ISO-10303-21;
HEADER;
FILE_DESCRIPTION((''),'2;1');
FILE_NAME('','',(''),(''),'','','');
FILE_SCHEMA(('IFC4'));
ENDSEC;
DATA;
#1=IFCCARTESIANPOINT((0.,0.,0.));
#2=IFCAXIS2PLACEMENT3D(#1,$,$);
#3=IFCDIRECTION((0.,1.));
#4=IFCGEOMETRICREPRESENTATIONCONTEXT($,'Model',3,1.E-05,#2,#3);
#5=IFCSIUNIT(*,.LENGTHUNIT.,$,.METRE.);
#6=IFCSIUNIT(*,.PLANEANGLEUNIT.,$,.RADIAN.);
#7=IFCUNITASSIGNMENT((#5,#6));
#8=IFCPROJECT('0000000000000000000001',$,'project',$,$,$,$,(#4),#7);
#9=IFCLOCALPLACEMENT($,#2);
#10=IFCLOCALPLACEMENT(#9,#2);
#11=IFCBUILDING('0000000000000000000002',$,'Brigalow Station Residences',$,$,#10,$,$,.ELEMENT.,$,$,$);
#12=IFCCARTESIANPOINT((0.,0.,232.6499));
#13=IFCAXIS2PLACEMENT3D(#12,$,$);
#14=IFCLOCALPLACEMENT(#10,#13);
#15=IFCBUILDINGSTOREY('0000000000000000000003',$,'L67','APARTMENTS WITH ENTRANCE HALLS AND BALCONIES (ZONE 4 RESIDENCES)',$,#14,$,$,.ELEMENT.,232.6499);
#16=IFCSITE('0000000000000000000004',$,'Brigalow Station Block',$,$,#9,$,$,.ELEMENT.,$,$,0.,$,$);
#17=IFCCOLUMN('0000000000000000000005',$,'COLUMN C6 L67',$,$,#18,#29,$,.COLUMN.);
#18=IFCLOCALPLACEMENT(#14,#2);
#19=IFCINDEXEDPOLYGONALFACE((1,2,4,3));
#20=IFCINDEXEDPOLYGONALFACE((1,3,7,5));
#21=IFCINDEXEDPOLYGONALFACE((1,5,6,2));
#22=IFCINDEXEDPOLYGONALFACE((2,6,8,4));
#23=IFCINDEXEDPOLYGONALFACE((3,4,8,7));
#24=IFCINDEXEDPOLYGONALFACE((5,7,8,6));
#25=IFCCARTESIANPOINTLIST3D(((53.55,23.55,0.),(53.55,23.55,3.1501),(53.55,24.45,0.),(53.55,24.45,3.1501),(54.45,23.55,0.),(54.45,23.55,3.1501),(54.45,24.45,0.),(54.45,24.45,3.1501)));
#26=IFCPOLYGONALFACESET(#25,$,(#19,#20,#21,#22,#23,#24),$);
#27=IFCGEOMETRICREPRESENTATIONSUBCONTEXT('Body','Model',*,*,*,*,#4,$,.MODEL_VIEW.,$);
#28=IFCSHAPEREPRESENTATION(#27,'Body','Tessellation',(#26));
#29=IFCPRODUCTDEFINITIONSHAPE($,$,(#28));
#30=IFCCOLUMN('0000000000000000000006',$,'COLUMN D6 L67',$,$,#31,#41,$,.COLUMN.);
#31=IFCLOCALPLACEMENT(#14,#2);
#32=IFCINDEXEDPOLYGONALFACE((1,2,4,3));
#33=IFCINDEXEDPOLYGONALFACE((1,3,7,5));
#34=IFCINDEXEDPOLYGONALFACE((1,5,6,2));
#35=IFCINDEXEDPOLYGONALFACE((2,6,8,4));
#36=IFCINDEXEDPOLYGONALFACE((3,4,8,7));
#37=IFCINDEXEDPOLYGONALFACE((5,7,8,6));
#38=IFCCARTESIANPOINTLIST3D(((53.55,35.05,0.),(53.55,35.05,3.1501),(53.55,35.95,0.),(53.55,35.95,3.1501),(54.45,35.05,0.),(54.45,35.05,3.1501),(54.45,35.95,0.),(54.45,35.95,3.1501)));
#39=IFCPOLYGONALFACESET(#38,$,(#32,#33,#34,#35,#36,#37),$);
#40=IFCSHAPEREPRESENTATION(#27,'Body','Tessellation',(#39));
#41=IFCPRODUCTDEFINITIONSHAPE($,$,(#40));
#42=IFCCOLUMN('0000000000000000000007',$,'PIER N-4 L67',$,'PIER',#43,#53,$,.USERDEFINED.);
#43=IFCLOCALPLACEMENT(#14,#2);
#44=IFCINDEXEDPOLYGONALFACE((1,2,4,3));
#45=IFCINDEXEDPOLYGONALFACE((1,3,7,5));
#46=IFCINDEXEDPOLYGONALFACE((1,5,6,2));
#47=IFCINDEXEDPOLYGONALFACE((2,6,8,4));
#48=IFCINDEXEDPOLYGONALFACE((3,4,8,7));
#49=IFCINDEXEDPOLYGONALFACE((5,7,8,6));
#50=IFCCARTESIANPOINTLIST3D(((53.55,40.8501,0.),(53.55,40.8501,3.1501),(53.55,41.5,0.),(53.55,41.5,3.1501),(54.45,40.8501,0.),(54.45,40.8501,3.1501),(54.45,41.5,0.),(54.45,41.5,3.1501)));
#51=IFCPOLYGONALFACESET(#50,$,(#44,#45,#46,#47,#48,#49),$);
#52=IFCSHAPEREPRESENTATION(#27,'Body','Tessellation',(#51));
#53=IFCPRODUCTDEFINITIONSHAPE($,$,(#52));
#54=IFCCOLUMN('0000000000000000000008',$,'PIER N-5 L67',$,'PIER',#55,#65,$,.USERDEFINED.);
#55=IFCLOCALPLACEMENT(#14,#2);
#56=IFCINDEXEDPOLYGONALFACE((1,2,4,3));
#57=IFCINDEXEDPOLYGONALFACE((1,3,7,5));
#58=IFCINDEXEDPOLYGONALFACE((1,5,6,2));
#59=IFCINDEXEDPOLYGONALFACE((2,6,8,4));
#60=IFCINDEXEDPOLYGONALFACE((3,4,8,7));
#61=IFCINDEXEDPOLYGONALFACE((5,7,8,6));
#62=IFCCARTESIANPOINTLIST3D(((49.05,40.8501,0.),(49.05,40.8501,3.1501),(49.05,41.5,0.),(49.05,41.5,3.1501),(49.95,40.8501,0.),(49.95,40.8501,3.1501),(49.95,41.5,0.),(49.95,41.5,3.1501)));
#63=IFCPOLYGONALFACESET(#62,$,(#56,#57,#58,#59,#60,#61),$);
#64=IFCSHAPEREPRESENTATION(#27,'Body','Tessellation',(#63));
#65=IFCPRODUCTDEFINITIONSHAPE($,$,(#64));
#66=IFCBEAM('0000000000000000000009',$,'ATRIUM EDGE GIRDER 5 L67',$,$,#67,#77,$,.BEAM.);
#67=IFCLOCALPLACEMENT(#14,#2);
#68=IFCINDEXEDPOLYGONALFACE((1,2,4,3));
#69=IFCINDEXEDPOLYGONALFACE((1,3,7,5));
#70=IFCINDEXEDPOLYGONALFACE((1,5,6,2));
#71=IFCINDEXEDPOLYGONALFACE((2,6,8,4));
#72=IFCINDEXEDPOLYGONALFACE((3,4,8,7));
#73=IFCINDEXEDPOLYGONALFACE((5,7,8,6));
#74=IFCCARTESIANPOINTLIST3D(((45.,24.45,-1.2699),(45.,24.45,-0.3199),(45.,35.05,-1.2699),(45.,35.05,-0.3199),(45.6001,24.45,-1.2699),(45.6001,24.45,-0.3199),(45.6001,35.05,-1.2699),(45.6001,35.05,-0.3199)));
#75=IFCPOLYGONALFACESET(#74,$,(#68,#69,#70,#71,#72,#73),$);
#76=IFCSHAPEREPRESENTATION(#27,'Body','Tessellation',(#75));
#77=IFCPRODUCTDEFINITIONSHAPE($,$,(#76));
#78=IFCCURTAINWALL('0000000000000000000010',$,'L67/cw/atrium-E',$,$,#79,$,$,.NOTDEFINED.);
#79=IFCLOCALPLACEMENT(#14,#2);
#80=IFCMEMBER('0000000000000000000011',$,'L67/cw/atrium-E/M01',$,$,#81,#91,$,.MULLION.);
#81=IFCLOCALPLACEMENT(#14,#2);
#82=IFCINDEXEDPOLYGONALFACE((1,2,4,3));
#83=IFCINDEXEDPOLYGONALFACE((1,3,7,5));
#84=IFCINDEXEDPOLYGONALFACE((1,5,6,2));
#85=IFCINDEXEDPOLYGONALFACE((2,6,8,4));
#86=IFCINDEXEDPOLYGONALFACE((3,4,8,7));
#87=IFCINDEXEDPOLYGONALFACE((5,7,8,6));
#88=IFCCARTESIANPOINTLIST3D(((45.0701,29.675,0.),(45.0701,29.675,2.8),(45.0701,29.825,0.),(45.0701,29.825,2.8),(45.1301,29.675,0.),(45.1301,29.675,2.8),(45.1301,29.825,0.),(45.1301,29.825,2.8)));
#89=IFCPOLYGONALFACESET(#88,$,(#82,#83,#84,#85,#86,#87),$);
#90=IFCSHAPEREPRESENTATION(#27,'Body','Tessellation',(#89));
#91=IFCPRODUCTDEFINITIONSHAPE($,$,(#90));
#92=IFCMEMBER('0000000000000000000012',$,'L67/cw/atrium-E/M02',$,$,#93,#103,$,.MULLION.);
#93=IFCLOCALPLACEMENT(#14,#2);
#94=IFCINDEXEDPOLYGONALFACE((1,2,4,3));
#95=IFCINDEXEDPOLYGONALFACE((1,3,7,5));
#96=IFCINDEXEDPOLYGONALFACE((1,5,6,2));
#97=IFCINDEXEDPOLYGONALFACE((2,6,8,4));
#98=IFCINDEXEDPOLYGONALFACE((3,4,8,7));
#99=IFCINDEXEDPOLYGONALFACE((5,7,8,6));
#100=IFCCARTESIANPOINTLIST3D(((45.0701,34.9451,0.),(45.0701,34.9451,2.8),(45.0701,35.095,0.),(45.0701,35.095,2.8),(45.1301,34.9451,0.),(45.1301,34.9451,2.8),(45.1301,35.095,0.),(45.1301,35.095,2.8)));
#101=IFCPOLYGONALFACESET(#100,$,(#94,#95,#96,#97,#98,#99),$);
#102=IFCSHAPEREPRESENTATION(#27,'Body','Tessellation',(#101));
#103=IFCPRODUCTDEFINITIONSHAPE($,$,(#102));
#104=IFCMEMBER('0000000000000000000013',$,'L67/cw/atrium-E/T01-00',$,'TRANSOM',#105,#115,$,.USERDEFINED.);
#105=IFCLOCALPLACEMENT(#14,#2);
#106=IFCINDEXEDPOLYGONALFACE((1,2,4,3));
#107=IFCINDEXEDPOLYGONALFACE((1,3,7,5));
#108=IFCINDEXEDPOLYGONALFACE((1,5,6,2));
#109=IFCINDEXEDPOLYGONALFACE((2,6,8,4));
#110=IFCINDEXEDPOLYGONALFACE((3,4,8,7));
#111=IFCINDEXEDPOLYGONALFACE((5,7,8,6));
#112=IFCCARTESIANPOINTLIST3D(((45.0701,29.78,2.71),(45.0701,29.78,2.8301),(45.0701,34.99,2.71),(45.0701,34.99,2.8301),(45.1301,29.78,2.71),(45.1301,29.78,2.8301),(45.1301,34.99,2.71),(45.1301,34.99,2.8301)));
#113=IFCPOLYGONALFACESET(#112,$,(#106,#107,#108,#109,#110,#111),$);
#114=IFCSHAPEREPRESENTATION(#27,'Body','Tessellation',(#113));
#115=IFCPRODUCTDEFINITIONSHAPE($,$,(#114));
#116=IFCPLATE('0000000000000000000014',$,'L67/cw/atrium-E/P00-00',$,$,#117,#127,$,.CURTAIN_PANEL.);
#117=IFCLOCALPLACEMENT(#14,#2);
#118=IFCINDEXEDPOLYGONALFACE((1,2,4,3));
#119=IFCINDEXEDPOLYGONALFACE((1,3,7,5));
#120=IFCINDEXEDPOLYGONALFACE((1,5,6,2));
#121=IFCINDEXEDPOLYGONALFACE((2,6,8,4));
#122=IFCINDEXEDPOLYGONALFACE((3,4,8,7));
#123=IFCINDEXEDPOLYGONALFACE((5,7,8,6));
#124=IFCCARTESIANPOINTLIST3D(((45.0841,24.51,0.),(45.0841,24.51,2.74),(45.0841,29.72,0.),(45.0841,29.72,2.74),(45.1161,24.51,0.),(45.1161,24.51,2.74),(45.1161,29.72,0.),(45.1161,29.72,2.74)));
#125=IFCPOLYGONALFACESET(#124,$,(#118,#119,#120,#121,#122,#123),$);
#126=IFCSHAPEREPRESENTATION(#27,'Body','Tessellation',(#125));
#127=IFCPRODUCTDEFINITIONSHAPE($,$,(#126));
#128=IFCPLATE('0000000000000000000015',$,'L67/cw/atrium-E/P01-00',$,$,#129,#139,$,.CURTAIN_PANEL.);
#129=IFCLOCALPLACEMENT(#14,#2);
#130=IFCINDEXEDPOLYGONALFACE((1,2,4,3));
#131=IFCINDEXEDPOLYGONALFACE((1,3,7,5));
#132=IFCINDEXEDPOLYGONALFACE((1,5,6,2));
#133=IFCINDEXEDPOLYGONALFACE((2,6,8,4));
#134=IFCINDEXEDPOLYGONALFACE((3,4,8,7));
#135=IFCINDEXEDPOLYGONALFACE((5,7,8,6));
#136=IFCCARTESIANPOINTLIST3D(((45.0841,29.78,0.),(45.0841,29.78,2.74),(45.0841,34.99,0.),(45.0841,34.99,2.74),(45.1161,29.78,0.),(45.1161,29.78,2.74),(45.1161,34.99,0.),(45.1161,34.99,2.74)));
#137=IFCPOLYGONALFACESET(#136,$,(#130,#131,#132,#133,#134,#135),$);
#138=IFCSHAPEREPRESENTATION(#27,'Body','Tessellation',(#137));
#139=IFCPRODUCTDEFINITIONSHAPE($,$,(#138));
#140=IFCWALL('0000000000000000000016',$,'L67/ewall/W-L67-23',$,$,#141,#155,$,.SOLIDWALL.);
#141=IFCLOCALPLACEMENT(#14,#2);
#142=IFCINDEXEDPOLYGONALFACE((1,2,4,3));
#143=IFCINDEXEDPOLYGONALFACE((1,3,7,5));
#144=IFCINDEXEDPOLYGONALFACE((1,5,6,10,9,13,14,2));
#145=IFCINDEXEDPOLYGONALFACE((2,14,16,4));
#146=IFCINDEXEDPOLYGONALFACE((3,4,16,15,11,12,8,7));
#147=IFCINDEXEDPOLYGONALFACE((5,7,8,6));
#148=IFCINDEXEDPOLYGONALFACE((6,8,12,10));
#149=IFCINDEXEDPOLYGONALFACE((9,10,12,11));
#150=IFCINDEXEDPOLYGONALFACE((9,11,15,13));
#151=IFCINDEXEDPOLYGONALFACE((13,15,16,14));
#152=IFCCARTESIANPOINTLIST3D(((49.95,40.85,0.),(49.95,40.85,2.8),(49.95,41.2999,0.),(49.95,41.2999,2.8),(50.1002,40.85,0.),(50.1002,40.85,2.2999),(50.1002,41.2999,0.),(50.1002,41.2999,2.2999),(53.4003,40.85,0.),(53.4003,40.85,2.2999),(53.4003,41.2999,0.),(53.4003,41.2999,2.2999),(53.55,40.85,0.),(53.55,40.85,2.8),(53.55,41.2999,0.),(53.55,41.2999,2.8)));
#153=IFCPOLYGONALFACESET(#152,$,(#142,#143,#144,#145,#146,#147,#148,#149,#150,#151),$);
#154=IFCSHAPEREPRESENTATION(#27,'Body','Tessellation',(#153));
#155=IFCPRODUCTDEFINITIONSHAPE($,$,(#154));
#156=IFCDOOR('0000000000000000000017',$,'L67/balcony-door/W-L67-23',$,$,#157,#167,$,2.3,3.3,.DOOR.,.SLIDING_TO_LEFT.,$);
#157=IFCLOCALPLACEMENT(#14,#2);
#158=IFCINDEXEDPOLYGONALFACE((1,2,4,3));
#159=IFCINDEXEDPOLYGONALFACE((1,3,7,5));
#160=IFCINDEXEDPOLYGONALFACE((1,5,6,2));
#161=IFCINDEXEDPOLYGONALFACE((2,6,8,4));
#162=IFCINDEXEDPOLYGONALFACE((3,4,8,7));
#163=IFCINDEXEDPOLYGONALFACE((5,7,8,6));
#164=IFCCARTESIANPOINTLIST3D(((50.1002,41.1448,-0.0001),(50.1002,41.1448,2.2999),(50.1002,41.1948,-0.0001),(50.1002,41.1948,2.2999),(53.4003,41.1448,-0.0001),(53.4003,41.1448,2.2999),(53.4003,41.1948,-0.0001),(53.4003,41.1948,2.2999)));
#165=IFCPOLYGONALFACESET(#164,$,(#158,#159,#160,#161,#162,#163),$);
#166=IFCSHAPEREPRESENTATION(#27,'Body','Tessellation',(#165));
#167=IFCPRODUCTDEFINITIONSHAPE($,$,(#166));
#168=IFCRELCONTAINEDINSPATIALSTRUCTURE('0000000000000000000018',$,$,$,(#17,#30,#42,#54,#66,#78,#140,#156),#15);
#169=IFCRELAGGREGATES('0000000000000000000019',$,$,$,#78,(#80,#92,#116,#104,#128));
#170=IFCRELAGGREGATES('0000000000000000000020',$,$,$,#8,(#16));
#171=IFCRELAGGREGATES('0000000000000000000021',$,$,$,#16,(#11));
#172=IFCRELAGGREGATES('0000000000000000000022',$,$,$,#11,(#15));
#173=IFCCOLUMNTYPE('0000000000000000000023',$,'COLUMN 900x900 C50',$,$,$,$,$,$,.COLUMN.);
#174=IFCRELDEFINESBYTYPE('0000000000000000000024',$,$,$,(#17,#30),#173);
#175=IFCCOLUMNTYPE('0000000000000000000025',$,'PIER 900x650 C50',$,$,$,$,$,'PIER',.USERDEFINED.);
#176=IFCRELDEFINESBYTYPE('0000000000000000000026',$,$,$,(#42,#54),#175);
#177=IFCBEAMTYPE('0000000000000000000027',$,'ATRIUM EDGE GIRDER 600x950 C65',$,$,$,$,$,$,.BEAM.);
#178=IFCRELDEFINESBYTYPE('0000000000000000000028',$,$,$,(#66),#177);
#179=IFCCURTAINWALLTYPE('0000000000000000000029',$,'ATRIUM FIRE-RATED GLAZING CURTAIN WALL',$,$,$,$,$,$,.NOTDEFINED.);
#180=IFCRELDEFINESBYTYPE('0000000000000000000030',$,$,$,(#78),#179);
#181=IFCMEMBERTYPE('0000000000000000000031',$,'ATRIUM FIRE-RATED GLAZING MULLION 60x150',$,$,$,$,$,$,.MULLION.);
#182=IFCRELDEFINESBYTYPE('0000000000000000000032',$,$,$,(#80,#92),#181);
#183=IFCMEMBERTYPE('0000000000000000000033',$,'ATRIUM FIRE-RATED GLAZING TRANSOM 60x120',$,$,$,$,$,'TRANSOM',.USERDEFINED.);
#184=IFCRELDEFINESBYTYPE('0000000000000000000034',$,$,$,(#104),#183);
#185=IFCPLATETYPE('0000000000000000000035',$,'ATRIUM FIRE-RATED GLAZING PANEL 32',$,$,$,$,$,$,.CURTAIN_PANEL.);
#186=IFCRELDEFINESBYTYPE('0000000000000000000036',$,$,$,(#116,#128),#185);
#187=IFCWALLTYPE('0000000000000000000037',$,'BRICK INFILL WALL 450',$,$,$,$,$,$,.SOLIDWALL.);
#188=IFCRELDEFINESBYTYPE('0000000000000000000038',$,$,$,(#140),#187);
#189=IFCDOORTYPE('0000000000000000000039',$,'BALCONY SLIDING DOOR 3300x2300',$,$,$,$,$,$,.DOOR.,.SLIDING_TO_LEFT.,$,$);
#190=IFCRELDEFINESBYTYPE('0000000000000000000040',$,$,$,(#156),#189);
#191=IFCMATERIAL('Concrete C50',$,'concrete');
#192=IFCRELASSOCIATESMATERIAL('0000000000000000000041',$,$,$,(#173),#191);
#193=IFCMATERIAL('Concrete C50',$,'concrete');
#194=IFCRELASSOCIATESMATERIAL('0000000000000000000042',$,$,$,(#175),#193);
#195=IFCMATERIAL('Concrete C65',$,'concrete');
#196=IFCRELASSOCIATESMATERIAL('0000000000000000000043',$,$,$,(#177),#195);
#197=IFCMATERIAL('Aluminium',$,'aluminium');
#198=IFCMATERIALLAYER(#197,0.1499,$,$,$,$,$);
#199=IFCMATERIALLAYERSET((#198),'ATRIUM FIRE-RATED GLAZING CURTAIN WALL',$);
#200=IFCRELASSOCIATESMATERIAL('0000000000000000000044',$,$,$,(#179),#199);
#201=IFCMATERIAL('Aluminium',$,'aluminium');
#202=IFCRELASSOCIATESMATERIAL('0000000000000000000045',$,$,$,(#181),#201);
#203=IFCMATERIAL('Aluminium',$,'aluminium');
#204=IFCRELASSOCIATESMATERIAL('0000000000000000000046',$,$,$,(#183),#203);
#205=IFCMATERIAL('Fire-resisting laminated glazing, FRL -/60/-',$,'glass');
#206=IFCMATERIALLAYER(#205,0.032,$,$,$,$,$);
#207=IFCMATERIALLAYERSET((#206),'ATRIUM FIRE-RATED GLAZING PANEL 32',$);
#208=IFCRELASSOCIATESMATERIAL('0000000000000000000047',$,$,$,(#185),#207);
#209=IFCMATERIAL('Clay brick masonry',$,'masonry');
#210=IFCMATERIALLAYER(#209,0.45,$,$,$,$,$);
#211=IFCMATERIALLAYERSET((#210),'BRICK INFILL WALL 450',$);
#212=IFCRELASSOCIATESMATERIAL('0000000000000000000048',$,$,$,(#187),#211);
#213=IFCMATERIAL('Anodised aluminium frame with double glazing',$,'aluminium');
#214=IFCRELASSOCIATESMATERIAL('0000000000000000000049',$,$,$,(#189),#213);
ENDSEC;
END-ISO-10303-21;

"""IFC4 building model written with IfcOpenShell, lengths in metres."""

from ifc_helpers import new_model, si_unit, direction, frame, frame_2d, origin, origin_2d, place, context, subcontext, project, spatial, rectangle, extrude, material, layer, layer_set, material_profile, profile_set, type_object, element, fill, aggregate, save


model = new_model("IFC4")

# Units and contexts
model_context = context("Model", 3, precision=1e-05, world=origin(), true_north=direction((0.0, 1.0)))
body_context = subcontext(model_context, "Body", "Model", "MODEL_VIEW")
ifc_project = project(units=[si_unit("LENGTHUNIT", "METRE"), si_unit("PLANEANGLEUNIT", "RADIAN")], contexts=[model_context])

# Site, building, storey
site_placement = place(None, origin())
site = spatial("IfcSite", under=ifc_project, at=site_placement, Name="Brigalow Station Block", CompositionType="ELEMENT", RefElevation=0.0)
building_placement = place(site_placement, origin())
building = spatial("IfcBuilding", under=site, at=building_placement, Name="Brigalow Station Residences", CompositionType="ELEMENT")
storey_placement = place(building_placement, frame((0.0, 0.0, 232.6499)))
storey = spatial("IfcBuildingStorey", under=building, at=storey_placement, Name="L67", Description="APARTMENTS WITH ENTRANCE HALLS AND BALCONIES (ZONE 4 RESIDENCES)", CompositionType="ELEMENT", Elevation=232.6499)

# Columns
ifc_material_1 = material(Name="Concrete C50", Category="concrete")
ifc_material_profile_1 = material_profile(ifc_material_1, rectangle(XDim=0.8999, YDim=0.8999, at=origin_2d()), Name="RC900x900")
ifc_profile_set_1 = profile_set([ifc_material_profile_1], Name="Concrete C50")
column_type_1 = type_object("IfcColumnType", Name="COLUMN 900x900 C50", PredefinedType="COLUMN", material=ifc_profile_set_1)
for number, where, z_axis, x_axis, name in (
    (1, (54.0, 24.0, 0.0), (0.0, 0.0, 1.0), (1.0, 0.0, 0.0), "COLUMN C6 L67"),
    (2, (54.0, 35.5, 0.0), (0.0, 0.0, 1.0), (1.0, 0.0, 0.0), "COLUMN D6 L67"),
):
    element("IfcColumn", number, at=place(storey_placement, frame(where, z_axis=z_axis, x_axis=x_axis)), inside=storey, type_object=column_type_1, Name=name, PredefinedType="COLUMN", context=body_context, shape_type="SweptSolid", body=[
        extrude(rectangle(XDim=0.8999, YDim=0.8999, at=origin_2d()), origin(), (0.0, 0.0, 1.0), 3.1501),
    ])
ifc_material_2 = material(Name="Concrete C50", Category="concrete")
ifc_material_profile_2 = material_profile(ifc_material_2, rectangle(XDim=0.8999, YDim=0.6499, at=origin_2d()), Name="RC900x650")
ifc_profile_set_2 = profile_set([ifc_material_profile_2], Name="Concrete C50")
column_type_2 = type_object("IfcColumnType", Name="PIER 900x650 C50", ElementType="PIER", PredefinedType="USERDEFINED", material=ifc_profile_set_2)
for number, where, z_axis, x_axis, name in (
    (3, (54.0, 41.175, 0.0), (0.0, 0.0, 1.0), (-1.0, 0.0, 0.0), "PIER N-4 L67"),
    (4, (49.5, 41.175, 0.0), (0.0, 0.0, 1.0), (-1.0, 0.0, 0.0), "PIER N-5 L67"),
):
    element("IfcColumn", number, at=place(storey_placement, frame(where, z_axis=z_axis, x_axis=x_axis)), inside=storey, type_object=column_type_2, Name=name, ObjectType="PIER", PredefinedType="USERDEFINED", context=body_context, shape_type="SweptSolid", body=[
        extrude(rectangle(XDim=0.8999, YDim=0.6499, at=origin_2d()), origin(), (0.0, 0.0, 1.0), 3.1501),
    ])

# Beam
ifc_material_3 = material(Name="Concrete C65", Category="concrete")
ifc_material_profile_3 = material_profile(ifc_material_3, rectangle(XDim=0.6001, YDim=0.95, at=origin_2d()), Name="RC600x950")
ifc_profile_set_3 = profile_set([ifc_material_profile_3], Name="Concrete C65")
beam_type = type_object("IfcBeamType", Name="ATRIUM EDGE GIRDER 600x950 C65", PredefinedType="BEAM", material=ifc_profile_set_3)
beam_placement = place(storey_placement, frame((45.3, 24.45, -0.7949), z_axis=(0.0, 1.0, 0.0), x_axis=(-1.0, 0.0, 0.0)))
element("IfcBeam", 5, at=beam_placement, inside=storey, type_object=beam_type, Name="ATRIUM EDGE GIRDER 5 L67", PredefinedType="BEAM", context=body_context, shape_type="SweptSolid", body=[
    extrude(rectangle(XDim=0.6001, YDim=0.95, at=origin_2d()), origin(), (0.0, 0.0, 1.0), 10.6001),
])

# Curtain wall, members, plates
ifc_material_4 = material(Name="Aluminium", Category="aluminium")
ifc_layer_1 = layer(ifc_material_4, 0.1499)
ifc_layer_set_1 = layer_set([ifc_layer_1], Name="ATRIUM FIRE-RATED GLAZING CURTAIN WALL")
curtain_wall_type = type_object("IfcCurtainWallType", Name="ATRIUM FIRE-RATED GLAZING CURTAIN WALL", PredefinedType="NOTDEFINED", material=ifc_layer_set_1)
curtain_wall_placement = place(storey_placement, origin())
curtain_wall = element("IfcCurtainWall", 6, at=curtain_wall_placement, inside=storey, type_object=curtain_wall_type, Name="L67/cw/atrium-E", PredefinedType="NOTDEFINED")
ifc_material_5 = material(Name="Aluminium", Category="aluminium")
ifc_material_profile_4 = material_profile(ifc_material_5, rectangle(XDim=0.0601, YDim=0.1499, at=origin_2d()), Name="ATRIUM FIRE-RATED GLAZING MULLION 60x150")
ifc_profile_set_4 = profile_set([ifc_material_profile_4], Name="Aluminium")
member_type_1 = type_object("IfcMemberType", Name="ATRIUM FIRE-RATED GLAZING MULLION 60x150", PredefinedType="MULLION", material=ifc_profile_set_4)
member_1_placement = place(storey_placement, frame((45.1001, 29.75, 0.0), z_axis=(0.0, 0.0, 1.0), x_axis=(-1.0, 0.0, 0.0)))
member_1 = element("IfcMember", 7, at=member_1_placement, type_object=member_type_1, Name="L67/cw/atrium-E/M01", PredefinedType="MULLION", context=body_context, shape_type="SweptSolid", body=[
    extrude(rectangle(XDim=0.0601, YDim=0.1499, at=origin_2d()), origin(), (0.0, 0.0, 1.0), 2.8),
])
member_2_placement = place(storey_placement, frame((45.1001, 35.02, 0.0), z_axis=(0.0, 0.0, 1.0), x_axis=(-1.0, 0.0, 0.0)))
member_2 = element("IfcMember", 8, at=member_2_placement, type_object=member_type_1, Name="L67/cw/atrium-E/M02", PredefinedType="MULLION", context=body_context, shape_type="SweptSolid", body=[
    extrude(rectangle(XDim=0.0601, YDim=0.1499, at=origin_2d()), origin(), (0.0, 0.0, 1.0), 2.8),
])
ifc_material_6 = material(Name="Aluminium", Category="aluminium")
ifc_material_profile_5 = material_profile(ifc_material_6, rectangle(XDim=0.0601, YDim=0.1201, at=origin_2d()), Name="ATRIUM FIRE-RATED GLAZING TRANSOM 60x120")
ifc_profile_set_5 = profile_set([ifc_material_profile_5], Name="Aluminium")
member_type_2 = type_object("IfcMemberType", Name="ATRIUM FIRE-RATED GLAZING TRANSOM 60x120", ElementType="TRANSOM", PredefinedType="USERDEFINED", material=ifc_profile_set_5)
member_3_placement = place(storey_placement, frame((45.1001, 29.78, 2.77), z_axis=(0.0, 1.0, 0.0), x_axis=(-1.0, 0.0, 0.0)))
member_3 = element("IfcMember", 9, at=member_3_placement, type_object=member_type_2, Name="L67/cw/atrium-E/T01-00", ObjectType="TRANSOM", PredefinedType="USERDEFINED", context=body_context, shape_type="SweptSolid", body=[
    extrude(rectangle(XDim=0.0601, YDim=0.1201, at=origin_2d()), origin(), (0.0, 0.0, 1.0), 5.21),
])
ifc_material_7 = material(Name="Fire-resisting laminated glazing, FRL -/60/-", Category="glass")
ifc_layer_2 = layer(ifc_material_7, 0.032)
ifc_layer_set_2 = layer_set([ifc_layer_2], Name="ATRIUM FIRE-RATED GLAZING PANEL 32")
plate_type = type_object("IfcPlateType", Name="ATRIUM FIRE-RATED GLAZING PANEL 32", PredefinedType="CURTAIN_PANEL", material=ifc_layer_set_2)
plate_1_placement = place(storey_placement, frame((45.1001, 27.115, 0.0), z_axis=(0.0, 0.0, 1.0), x_axis=(0.0, 1.0, 0.0)))
plate_1 = element("IfcPlate", 10, at=plate_1_placement, type_object=plate_type, Name="L67/cw/atrium-E/P00-00", PredefinedType="CURTAIN_PANEL", context=body_context, shape_type="SweptSolid", body=[
    extrude(rectangle(XDim=5.21, YDim=0.032, at=origin_2d()), origin(), (0.0, 0.0, 1.0), 2.74),
])
plate_2_placement = place(storey_placement, frame((45.1001, 32.385, 0.0), z_axis=(0.0, 0.0, 1.0), x_axis=(0.0, 1.0, 0.0)))
plate_2 = element("IfcPlate", 11, at=plate_2_placement, type_object=plate_type, Name="L67/cw/atrium-E/P01-00", PredefinedType="CURTAIN_PANEL", context=body_context, shape_type="SweptSolid", body=[
    extrude(rectangle(XDim=5.21, YDim=0.032, at=origin_2d()), origin(), (0.0, 0.0, 1.0), 2.74),
])
aggregate(curtain_wall, [member_1, member_2, plate_1, member_3, plate_2])

# Wall, opening, door
ifc_material_8 = material(Name="Clay brick masonry", Category="masonry")
ifc_layer_3 = layer(ifc_material_8, 0.45)
ifc_layer_set_3 = layer_set([ifc_layer_3], Name="BRICK INFILL WALL 450")
wall_type_1 = type_object("IfcWallType", Name="BRICK INFILL WALL 450", PredefinedType="SOLIDWALL", material=ifc_layer_set_3)
wall_1_placement = place(storey_placement, frame((53.55, 41.075, 0.0), z_axis=(0.0, 0.0, 1.0), x_axis=(-1.0, 0.0, 0.0)))
wall_1 = element("IfcWall", 12, at=wall_1_placement, inside=storey, type_object=wall_type_1, Name="L67/ewall/W-L67-23", PredefinedType="SOLIDWALL", context=body_context, shape_type="SweptSolid", body=[
    extrude(rectangle(XDim=3.6001, YDim=0.45, at=frame_2d((1.8, 0.0))), origin(), (0.0, 0.0, 1.0), 2.8),
])
opening_1_placement = place(wall_1_placement, frame((0.1499, 0.0, 0.0)))
opening_1 = element("IfcOpeningElement", 13, at=opening_1_placement, cuts=wall_1, PredefinedType="OPENING", context=body_context, shape_type="SweptSolid", body=[
    extrude(rectangle(XDim=3.3, YDim=2.3, at=frame_2d((1.6499, 1.1499))), frame((0.0, 0.2349, 0.0), z_axis=(0.0, -1.0, 0.0), x_axis=(1.0, 0.0, 0.0)), (0.0, 0.0, 1.0), 0.47),
])
ifc_material_9 = material(Name="Anodised aluminium frame with double glazing", Category="aluminium")
door_type_1 = type_object("IfcDoorType", Name="BALCONY SLIDING DOOR 3300x2300", OperationType="SLIDING_TO_LEFT", PredefinedType="DOOR", material=ifc_material_9)
door_1_placement = place(opening_1_placement, origin())
door_1 = element("IfcDoor", 14, at=door_1_placement, inside=storey, type_object=door_type_1, Name="L67/balcony-door/W-L67-23", OperationType="SLIDING_TO_LEFT", OverallHeight=2.3, OverallWidth=3.3, PredefinedType="DOOR", context=body_context, shape_type="SweptSolid", body=[
    extrude(rectangle(XDim=3.3, YDim=2.3, at=frame_2d((1.6499, 1.1499))), frame((0.0, -0.0698, 0.0), z_axis=(0.0, -1.0, 0.0), x_axis=(1.0, 0.0, 0.0)), (0.0, 0.0, 1.0), 0.05),
])
fill(opening_1, door_1)

save(model, "model.ifc")
